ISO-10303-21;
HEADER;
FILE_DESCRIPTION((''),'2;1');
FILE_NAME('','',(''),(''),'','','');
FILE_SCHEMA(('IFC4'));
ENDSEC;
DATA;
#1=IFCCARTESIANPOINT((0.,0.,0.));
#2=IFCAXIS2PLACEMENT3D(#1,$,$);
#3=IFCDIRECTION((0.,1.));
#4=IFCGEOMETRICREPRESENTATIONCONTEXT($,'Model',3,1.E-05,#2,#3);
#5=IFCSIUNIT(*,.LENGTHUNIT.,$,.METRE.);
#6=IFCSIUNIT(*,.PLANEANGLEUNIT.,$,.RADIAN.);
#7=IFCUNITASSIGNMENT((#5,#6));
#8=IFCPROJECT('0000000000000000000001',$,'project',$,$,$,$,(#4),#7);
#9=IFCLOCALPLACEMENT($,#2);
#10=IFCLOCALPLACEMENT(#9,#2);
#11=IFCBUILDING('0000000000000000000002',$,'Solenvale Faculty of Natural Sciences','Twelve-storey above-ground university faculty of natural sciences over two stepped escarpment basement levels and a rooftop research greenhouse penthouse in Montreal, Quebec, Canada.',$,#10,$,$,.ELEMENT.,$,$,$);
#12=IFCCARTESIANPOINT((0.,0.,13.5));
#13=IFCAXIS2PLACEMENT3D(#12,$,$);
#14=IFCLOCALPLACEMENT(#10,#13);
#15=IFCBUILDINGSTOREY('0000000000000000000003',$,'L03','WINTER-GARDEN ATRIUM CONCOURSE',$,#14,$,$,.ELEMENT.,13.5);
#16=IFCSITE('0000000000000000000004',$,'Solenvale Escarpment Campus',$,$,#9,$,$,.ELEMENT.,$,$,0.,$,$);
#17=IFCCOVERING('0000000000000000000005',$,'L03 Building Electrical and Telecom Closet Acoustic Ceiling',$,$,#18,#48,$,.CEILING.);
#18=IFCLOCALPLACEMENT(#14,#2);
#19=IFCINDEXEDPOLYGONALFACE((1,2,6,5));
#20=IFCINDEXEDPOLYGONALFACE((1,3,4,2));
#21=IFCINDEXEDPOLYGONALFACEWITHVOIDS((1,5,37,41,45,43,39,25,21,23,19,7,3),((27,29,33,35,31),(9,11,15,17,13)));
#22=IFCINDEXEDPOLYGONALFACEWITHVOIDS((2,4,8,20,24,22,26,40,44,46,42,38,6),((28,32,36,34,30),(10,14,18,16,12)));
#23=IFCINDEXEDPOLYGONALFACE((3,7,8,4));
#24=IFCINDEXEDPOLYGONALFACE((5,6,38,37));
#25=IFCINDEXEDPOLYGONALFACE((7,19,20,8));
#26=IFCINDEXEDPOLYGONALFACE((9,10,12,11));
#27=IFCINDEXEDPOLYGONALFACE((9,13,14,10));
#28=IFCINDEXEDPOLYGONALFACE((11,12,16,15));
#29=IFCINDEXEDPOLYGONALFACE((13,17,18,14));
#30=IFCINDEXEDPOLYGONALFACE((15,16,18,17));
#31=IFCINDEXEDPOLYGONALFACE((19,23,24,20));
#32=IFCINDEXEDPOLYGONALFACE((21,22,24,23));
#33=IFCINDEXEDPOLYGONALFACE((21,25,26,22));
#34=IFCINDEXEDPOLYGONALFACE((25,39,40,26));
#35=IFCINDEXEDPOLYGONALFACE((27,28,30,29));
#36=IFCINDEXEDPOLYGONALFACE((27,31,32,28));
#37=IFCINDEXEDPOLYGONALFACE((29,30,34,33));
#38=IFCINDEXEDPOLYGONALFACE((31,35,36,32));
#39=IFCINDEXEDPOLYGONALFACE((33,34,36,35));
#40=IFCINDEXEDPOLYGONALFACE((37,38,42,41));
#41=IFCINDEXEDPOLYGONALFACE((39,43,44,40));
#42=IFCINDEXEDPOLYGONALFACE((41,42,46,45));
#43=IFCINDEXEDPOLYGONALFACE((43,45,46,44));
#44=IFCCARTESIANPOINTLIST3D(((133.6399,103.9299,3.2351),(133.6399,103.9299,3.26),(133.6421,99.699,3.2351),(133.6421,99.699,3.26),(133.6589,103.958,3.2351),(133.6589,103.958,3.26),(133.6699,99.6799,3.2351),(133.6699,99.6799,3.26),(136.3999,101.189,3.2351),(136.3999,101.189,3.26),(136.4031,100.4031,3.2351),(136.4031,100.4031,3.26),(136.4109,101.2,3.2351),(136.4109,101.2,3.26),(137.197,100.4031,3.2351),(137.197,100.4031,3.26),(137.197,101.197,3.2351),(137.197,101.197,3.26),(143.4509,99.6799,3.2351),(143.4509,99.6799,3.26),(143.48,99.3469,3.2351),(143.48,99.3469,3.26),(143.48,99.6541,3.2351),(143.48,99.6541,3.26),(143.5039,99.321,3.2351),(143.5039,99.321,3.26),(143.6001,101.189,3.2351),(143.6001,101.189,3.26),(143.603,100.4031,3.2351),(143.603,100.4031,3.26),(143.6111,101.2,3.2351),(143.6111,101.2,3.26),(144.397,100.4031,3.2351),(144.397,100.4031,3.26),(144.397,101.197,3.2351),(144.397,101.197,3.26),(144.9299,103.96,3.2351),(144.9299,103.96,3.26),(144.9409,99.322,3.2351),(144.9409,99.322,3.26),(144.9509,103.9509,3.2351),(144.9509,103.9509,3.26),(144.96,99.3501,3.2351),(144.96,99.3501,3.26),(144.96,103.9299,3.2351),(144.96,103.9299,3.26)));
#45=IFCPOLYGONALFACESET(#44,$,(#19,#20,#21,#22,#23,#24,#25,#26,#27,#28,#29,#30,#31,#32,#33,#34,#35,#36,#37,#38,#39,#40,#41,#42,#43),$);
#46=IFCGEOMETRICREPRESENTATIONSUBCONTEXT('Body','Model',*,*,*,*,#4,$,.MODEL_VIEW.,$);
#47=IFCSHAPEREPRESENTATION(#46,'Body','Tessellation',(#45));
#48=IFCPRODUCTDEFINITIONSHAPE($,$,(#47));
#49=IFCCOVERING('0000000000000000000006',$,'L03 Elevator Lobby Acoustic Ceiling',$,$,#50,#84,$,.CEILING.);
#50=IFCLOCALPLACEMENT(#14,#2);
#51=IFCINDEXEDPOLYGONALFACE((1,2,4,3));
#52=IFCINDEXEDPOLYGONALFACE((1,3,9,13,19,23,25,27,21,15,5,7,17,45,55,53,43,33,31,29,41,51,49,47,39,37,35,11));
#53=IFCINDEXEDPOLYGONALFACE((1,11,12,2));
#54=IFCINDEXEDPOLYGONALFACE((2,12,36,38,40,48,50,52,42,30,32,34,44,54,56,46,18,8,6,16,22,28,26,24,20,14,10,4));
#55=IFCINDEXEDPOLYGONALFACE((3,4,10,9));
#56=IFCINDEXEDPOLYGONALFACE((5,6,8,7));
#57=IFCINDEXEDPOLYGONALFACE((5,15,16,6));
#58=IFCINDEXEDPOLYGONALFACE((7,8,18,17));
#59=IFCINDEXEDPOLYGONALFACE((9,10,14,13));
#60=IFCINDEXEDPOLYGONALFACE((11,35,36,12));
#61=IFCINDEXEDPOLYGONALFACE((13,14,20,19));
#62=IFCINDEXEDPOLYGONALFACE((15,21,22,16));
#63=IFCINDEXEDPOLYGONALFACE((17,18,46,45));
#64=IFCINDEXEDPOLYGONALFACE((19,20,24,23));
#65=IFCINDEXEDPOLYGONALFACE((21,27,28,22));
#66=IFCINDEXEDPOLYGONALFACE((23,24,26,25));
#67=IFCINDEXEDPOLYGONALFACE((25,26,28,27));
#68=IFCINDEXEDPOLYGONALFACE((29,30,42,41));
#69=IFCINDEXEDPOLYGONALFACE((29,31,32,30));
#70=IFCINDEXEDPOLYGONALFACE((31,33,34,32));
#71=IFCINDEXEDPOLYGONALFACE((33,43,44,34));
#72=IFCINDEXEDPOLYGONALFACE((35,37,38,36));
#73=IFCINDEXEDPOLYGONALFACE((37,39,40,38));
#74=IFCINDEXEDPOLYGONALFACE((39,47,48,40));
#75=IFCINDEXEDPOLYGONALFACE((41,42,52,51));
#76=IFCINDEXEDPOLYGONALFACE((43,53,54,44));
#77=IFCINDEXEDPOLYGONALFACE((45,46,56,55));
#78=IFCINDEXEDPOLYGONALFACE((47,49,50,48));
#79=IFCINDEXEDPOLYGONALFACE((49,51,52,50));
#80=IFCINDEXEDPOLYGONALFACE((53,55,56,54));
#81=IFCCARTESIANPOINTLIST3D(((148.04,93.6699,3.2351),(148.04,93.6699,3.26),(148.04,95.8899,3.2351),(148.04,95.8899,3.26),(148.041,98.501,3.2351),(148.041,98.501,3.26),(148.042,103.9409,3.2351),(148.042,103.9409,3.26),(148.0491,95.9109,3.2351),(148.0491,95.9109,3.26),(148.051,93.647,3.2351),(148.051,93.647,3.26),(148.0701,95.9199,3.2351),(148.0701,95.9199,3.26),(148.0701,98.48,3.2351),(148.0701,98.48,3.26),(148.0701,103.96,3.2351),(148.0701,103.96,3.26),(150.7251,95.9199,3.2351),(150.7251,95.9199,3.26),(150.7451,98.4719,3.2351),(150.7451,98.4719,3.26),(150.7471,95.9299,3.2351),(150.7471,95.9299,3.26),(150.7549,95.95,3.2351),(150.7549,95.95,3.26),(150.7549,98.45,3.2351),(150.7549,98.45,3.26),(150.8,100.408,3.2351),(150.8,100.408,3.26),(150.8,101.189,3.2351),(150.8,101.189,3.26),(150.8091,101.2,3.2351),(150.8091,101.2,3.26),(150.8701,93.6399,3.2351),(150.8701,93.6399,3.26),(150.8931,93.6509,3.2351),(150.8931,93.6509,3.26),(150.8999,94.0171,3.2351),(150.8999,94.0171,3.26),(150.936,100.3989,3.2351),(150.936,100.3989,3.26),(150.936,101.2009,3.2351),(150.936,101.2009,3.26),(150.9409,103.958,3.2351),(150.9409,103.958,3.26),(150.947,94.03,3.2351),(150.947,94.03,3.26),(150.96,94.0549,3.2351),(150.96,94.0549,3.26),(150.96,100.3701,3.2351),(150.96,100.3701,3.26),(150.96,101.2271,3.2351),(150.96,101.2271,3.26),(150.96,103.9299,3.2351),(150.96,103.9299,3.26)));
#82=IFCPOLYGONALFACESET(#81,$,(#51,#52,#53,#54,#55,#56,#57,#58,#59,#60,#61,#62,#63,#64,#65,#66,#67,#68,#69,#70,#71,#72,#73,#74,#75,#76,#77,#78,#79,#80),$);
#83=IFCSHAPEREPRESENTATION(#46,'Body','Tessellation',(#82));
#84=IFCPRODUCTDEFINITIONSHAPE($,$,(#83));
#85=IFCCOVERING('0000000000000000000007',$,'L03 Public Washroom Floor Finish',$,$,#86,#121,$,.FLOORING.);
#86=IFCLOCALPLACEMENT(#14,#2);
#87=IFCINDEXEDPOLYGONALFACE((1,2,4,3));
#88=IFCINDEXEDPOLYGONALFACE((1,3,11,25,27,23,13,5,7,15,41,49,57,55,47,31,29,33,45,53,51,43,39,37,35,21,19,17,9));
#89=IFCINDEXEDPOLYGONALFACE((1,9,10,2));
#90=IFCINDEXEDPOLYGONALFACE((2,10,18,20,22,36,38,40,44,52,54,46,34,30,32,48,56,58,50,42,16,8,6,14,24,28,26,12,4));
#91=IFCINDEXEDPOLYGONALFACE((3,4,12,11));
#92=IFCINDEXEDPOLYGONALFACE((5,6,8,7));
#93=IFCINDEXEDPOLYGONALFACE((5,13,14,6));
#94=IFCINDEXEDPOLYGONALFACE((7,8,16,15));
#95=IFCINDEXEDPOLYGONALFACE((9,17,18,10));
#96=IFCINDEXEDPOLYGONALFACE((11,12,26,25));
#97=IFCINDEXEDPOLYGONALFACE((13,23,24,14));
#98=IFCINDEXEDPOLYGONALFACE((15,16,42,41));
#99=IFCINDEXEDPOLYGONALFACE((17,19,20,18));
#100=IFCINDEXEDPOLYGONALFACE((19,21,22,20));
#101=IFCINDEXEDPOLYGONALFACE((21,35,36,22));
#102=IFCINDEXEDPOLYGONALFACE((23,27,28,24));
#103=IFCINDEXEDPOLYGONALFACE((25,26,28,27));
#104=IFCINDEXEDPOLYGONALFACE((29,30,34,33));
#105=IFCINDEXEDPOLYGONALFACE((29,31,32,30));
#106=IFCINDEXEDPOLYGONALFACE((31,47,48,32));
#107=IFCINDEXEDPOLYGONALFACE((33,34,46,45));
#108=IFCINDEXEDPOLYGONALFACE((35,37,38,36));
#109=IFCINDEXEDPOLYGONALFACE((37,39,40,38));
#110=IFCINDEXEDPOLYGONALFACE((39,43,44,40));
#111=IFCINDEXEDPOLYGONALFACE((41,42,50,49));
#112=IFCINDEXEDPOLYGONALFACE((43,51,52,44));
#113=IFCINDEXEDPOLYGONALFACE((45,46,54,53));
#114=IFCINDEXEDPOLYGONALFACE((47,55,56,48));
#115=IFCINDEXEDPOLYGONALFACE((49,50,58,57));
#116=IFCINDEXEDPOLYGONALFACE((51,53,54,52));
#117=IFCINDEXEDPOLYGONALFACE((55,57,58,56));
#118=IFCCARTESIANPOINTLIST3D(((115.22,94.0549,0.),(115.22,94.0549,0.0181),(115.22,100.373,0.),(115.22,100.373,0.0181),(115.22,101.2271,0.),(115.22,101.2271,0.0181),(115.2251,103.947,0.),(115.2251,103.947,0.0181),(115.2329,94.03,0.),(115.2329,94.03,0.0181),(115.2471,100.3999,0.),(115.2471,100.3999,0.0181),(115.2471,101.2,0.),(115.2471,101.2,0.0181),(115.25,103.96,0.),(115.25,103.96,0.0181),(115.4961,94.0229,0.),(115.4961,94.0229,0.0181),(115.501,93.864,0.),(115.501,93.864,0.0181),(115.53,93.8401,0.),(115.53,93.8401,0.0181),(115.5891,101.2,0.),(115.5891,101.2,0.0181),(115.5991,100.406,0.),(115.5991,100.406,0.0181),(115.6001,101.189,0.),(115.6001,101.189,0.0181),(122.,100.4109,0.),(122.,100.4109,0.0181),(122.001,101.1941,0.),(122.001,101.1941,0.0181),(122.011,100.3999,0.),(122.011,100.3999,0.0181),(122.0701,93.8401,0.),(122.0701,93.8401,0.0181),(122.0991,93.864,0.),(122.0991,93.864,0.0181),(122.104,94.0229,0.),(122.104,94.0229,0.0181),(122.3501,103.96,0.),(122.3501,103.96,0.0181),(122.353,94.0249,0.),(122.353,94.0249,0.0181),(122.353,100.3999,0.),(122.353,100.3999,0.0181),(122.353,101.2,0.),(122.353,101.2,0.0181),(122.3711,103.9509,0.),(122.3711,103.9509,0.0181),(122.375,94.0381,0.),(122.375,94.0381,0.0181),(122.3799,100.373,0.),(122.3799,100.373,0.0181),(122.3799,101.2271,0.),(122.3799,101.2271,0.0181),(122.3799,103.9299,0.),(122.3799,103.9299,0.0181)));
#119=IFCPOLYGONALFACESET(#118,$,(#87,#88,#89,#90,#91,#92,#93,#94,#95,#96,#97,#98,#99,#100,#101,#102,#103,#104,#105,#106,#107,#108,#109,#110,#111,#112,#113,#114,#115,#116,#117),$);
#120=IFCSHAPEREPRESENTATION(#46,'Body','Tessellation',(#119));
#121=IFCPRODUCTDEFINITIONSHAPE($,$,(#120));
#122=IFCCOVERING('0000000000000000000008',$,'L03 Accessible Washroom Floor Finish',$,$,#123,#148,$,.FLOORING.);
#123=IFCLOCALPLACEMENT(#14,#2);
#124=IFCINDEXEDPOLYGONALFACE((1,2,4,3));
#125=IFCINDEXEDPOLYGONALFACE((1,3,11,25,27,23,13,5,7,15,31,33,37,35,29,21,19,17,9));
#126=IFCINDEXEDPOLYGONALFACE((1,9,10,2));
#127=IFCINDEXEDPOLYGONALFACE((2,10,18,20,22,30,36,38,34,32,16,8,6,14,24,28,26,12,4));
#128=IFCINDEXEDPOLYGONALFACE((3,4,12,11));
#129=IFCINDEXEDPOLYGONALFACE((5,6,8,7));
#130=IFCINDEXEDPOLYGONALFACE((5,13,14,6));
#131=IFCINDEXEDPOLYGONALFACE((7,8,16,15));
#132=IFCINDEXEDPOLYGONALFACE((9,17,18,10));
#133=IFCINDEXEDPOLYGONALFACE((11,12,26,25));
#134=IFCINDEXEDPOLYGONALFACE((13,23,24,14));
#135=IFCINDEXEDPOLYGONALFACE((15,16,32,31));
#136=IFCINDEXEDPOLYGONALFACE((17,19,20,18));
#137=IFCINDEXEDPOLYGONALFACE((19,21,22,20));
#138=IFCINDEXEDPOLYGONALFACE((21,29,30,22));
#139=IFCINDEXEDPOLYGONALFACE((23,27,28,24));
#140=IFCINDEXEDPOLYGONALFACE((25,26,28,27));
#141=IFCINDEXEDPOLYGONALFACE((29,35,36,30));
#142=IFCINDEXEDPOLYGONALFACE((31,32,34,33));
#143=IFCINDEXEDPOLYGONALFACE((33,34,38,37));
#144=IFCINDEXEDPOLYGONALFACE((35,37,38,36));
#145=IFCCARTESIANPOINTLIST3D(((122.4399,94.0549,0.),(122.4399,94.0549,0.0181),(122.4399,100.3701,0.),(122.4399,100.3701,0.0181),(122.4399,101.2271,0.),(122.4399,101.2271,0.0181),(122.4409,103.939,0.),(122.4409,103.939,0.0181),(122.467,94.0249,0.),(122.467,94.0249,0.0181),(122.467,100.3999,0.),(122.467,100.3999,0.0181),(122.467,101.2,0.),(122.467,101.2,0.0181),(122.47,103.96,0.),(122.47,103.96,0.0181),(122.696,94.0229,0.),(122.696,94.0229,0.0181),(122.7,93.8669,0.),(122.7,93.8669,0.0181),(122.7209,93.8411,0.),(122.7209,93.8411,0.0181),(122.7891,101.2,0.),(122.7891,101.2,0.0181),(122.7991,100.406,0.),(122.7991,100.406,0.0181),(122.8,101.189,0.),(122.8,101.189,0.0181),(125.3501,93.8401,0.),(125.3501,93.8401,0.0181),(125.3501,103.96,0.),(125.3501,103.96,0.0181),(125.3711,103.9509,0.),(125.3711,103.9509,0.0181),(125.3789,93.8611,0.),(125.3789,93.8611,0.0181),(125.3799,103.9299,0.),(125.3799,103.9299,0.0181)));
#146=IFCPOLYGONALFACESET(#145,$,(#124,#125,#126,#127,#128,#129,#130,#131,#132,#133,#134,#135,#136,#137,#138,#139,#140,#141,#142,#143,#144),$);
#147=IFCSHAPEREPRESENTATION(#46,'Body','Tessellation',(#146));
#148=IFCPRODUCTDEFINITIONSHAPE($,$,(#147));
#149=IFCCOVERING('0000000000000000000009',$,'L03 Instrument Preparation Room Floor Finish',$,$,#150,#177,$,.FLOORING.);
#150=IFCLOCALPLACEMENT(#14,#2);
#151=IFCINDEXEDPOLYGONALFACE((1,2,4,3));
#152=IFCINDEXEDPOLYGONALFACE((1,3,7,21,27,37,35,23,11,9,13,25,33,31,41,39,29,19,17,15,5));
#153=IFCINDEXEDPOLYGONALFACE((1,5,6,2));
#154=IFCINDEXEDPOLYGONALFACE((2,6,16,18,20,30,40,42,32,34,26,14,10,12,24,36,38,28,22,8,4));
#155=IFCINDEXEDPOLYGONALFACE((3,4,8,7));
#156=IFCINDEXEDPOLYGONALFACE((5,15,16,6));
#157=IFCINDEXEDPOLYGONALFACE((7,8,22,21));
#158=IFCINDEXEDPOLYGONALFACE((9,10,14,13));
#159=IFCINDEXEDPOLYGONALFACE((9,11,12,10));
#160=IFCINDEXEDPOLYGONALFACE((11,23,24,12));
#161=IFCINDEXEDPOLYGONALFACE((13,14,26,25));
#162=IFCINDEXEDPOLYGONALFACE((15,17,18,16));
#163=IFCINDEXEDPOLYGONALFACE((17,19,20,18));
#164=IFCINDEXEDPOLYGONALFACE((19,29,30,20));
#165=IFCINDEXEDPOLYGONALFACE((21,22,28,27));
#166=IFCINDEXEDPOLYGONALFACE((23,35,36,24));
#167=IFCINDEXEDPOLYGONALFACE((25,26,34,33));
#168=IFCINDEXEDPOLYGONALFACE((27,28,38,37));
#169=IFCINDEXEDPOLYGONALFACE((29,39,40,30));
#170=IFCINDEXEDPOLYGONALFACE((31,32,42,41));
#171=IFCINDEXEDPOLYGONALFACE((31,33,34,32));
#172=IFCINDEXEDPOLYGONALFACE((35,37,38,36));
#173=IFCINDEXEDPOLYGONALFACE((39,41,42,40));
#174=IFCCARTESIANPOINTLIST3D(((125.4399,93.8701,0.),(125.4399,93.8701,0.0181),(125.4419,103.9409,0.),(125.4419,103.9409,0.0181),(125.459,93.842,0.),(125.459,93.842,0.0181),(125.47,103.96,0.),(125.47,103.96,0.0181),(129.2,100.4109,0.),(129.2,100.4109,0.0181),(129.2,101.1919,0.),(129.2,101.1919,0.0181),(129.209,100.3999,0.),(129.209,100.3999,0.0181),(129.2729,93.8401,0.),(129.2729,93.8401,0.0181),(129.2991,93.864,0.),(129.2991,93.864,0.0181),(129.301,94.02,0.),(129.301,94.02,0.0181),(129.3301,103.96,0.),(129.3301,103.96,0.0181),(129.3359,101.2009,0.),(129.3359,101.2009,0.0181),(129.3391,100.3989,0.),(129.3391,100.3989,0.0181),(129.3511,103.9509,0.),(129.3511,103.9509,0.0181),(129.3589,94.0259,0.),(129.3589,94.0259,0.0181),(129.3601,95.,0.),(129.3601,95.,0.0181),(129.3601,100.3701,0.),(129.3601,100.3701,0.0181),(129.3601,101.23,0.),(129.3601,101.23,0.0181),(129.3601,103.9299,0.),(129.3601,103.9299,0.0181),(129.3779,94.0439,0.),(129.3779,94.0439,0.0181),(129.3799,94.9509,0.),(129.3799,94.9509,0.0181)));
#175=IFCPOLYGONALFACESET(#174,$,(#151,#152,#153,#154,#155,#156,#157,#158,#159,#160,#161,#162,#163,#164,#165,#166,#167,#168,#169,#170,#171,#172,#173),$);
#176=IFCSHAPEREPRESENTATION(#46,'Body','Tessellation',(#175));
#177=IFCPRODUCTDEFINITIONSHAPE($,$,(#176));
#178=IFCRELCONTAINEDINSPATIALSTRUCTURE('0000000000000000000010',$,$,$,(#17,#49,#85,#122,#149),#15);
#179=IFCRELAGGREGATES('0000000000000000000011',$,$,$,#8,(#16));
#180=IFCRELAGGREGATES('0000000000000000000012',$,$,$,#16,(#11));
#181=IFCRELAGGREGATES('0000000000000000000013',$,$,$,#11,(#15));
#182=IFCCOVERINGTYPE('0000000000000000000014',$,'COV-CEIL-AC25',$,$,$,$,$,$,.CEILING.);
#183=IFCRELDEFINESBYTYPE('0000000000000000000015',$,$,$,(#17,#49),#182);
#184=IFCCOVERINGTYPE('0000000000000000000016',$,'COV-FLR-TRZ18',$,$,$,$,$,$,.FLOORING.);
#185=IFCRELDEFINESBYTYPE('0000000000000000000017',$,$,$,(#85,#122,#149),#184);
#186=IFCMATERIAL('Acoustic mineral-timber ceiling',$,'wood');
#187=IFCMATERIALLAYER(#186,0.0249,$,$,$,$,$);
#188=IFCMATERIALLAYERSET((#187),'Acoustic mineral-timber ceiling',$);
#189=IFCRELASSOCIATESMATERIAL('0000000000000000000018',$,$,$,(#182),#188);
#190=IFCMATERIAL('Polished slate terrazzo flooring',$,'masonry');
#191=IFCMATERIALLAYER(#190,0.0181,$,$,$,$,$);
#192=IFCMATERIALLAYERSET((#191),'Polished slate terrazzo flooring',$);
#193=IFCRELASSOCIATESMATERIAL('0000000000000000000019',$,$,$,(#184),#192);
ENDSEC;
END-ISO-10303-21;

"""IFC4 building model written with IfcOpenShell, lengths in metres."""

from ifc_helpers import new_model, si_unit, direction, frame, origin, place, context, subcontext, project, spatial, polyline, outline, extrude, material, layer, layer_set, type_object, element, save


model = new_model("IFC4")

# Units and contexts
model_context = context("Model", 3, precision=1e-05, world=origin(), true_north=direction((0.0, 1.0)))
body_context = subcontext(model_context, "Body", "Model", "MODEL_VIEW")
ifc_project = project(units=[si_unit("LENGTHUNIT", "METRE"), si_unit("PLANEANGLEUNIT", "RADIAN")], contexts=[model_context])

# Site, building, storey
site_placement = place(None, origin())
site = spatial("IfcSite", under=ifc_project, at=site_placement, Name="Solenvale Escarpment Campus", CompositionType="ELEMENT", RefElevation=0.0)
building_placement = place(site_placement, origin())
building = spatial("IfcBuilding", under=site, at=building_placement, Name="Solenvale Faculty of Natural Sciences", Description="Twelve-storey above-ground university faculty of natural sciences over two stepped escarpment basement levels and a rooftop research greenhouse penthouse in Montreal, Quebec, Canada.", CompositionType="ELEMENT")
storey_placement = place(building_placement, frame((0.0, 0.0, 13.5)))
storey = spatial("IfcBuildingStorey", under=building, at=storey_placement, Name="L03", Description="WINTER-GARDEN ATRIUM CONCOURSE", CompositionType="ELEMENT", Elevation=13.5)

# Coverings
ifc_material_1 = material(Name="Acoustic mineral-timber ceiling", Category="wood")
ifc_layer_1 = layer(ifc_material_1, 0.0249)
ifc_layer_set_1 = layer_set([ifc_layer_1], Name="Acoustic mineral-timber ceiling")
covering_type_1 = type_object("IfcCoveringType", Name="COV-CEIL-AC25", PredefinedType="CEILING", material=ifc_layer_set_1)
covering_1_placement = place(storey_placement, frame((0.0, 0.0, 3.2351)))
element("IfcCovering", 1, at=covering_1_placement, inside=storey, type_object=covering_type_1, Name="L03 Building Electrical and Telecom Closet Acoustic Ceiling", PredefinedType="CEILING", context=body_context, shape_type="SweptSolid", body=[
    extrude(outline(polyline([(144.9299, 103.96), (144.9509, 103.9509), (144.96, 103.9299), (144.96, 99.3501), (144.9409, 99.322), (143.5039, 99.321), (143.48, 99.3469), (143.48, 99.6541), (143.4509, 99.6799), (133.6699, 99.6799), (133.6421, 99.699), (133.6399, 103.9299), (133.6589, 103.958), (144.9299, 103.96)]), holes=[polyline([(143.6111, 101.2), (143.6001, 101.189), (143.603, 100.4031), (144.397, 100.4031), (144.397, 101.197), (143.6111, 101.2)]), polyline([(136.4109, 101.2), (136.3999, 101.189), (136.4031, 100.4031), (137.197, 100.4031), (137.197, 101.197), (136.4109, 101.2)])]), origin(), (0.0, 0.0, 1.0), 0.0249),
])
covering_2_placement = place(storey_placement, frame((0.0, 0.0, 3.2351)))
element("IfcCovering", 2, at=covering_2_placement, inside=storey, type_object=covering_type_1, Name="L03 Elevator Lobby Acoustic Ceiling", PredefinedType="CEILING", context=body_context, shape_type="SweptSolid", body=[
    extrude(outline(polyline([(148.04, 95.8899), (148.0491, 95.9109), (148.0701, 95.9199), (150.7251, 95.9199), (150.7471, 95.9299), (150.7549, 95.95), (150.7549, 98.45), (150.7451, 98.4719), (148.0701, 98.48), (148.041, 98.501), (148.042, 103.9409), (148.0701, 103.96), (150.9409, 103.958), (150.96, 103.9299), (150.96, 101.2271), (150.936, 101.2009), (150.8091, 101.2), (150.8, 101.189), (150.8, 100.408), (150.936, 100.3989), (150.96, 100.3701), (150.96, 94.0549), (150.947, 94.03), (150.8999, 94.0171), (150.8931, 93.6509), (150.8701, 93.6399), (148.051, 93.647), (148.04, 93.6699), (148.04, 95.8899)])), origin(), (0.0, 0.0, 1.0), 0.0249),
])
ifc_material_2 = material(Name="Polished slate terrazzo flooring", Category="masonry")
ifc_layer_2 = layer(ifc_material_2, 0.0181)
ifc_layer_set_2 = layer_set([ifc_layer_2], Name="Polished slate terrazzo flooring")
covering_type_2 = type_object("IfcCoveringType", Name="COV-FLR-TRZ18", PredefinedType="FLOORING", material=ifc_layer_set_2)
covering_3_placement = place(storey_placement, origin())
element("IfcCovering", 3, at=covering_3_placement, inside=storey, type_object=covering_type_2, Name="L03 Public Washroom Floor Finish", PredefinedType="FLOORING", context=body_context, shape_type="SweptSolid", body=[
    extrude(outline(polyline([(122.3501, 103.96), (122.3711, 103.9509), (122.3799, 103.9299), (122.3799, 101.2271), (122.353, 101.2), (122.001, 101.1941), (122.0, 100.4109), (122.011, 100.3999), (122.353, 100.3999), (122.3799, 100.373), (122.375, 94.0381), (122.353, 94.0249), (122.104, 94.0229), (122.0991, 93.864), (122.0701, 93.8401), (115.53, 93.8401), (115.501, 93.864), (115.4961, 94.0229), (115.2329, 94.03), (115.22, 94.0549), (115.22, 100.373), (115.2471, 100.3999), (115.5991, 100.406), (115.6001, 101.189), (115.5891, 101.2), (115.2471, 101.2), (115.22, 101.2271), (115.2251, 103.947), (115.25, 103.96), (122.3501, 103.96)])), origin(), (0.0, 0.0, 1.0), 0.0181),
])
covering_4_placement = place(storey_placement, origin())
element("IfcCovering", 4, at=covering_4_placement, inside=storey, type_object=covering_type_2, Name="L03 Accessible Washroom Floor Finish", PredefinedType="FLOORING", context=body_context, shape_type="SweptSolid", body=[
    extrude(outline(polyline([(125.3501, 103.96), (125.3711, 103.9509), (125.3799, 103.9299), (125.3789, 93.8611), (125.3501, 93.8401), (122.7209, 93.8411), (122.7, 93.8669), (122.696, 94.0229), (122.467, 94.0249), (122.4399, 94.0549), (122.4399, 100.3701), (122.467, 100.3999), (122.7991, 100.406), (122.8, 101.189), (122.7891, 101.2), (122.467, 101.2), (122.4399, 101.2271), (122.4409, 103.939), (122.47, 103.96), (125.3501, 103.96)])), origin(), (0.0, 0.0, 1.0), 0.0181),
])
covering_5_placement = place(storey_placement, origin())
element("IfcCovering", 5, at=covering_5_placement, inside=storey, type_object=covering_type_2, Name="L03 Instrument Preparation Room Floor Finish", PredefinedType="FLOORING", context=body_context, shape_type="SweptSolid", body=[
    extrude(outline(polyline([(129.3301, 103.96), (129.3511, 103.9509), (129.3601, 103.9299), (129.3601, 101.23), (129.3359, 101.2009), (129.2, 101.1919), (129.2, 100.4109), (129.209, 100.3999), (129.3391, 100.3989), (129.3601, 100.3701), (129.3601, 95.0), (129.3799, 94.9509), (129.3779, 94.0439), (129.3589, 94.0259), (129.301, 94.02), (129.2991, 93.864), (129.2729, 93.8401), (125.459, 93.842), (125.4399, 93.8701), (125.4419, 103.9409), (125.47, 103.96), (129.3301, 103.96)])), origin(), (0.0, 0.0, 1.0), 0.0181),
])

save(model, "model.ifc")
